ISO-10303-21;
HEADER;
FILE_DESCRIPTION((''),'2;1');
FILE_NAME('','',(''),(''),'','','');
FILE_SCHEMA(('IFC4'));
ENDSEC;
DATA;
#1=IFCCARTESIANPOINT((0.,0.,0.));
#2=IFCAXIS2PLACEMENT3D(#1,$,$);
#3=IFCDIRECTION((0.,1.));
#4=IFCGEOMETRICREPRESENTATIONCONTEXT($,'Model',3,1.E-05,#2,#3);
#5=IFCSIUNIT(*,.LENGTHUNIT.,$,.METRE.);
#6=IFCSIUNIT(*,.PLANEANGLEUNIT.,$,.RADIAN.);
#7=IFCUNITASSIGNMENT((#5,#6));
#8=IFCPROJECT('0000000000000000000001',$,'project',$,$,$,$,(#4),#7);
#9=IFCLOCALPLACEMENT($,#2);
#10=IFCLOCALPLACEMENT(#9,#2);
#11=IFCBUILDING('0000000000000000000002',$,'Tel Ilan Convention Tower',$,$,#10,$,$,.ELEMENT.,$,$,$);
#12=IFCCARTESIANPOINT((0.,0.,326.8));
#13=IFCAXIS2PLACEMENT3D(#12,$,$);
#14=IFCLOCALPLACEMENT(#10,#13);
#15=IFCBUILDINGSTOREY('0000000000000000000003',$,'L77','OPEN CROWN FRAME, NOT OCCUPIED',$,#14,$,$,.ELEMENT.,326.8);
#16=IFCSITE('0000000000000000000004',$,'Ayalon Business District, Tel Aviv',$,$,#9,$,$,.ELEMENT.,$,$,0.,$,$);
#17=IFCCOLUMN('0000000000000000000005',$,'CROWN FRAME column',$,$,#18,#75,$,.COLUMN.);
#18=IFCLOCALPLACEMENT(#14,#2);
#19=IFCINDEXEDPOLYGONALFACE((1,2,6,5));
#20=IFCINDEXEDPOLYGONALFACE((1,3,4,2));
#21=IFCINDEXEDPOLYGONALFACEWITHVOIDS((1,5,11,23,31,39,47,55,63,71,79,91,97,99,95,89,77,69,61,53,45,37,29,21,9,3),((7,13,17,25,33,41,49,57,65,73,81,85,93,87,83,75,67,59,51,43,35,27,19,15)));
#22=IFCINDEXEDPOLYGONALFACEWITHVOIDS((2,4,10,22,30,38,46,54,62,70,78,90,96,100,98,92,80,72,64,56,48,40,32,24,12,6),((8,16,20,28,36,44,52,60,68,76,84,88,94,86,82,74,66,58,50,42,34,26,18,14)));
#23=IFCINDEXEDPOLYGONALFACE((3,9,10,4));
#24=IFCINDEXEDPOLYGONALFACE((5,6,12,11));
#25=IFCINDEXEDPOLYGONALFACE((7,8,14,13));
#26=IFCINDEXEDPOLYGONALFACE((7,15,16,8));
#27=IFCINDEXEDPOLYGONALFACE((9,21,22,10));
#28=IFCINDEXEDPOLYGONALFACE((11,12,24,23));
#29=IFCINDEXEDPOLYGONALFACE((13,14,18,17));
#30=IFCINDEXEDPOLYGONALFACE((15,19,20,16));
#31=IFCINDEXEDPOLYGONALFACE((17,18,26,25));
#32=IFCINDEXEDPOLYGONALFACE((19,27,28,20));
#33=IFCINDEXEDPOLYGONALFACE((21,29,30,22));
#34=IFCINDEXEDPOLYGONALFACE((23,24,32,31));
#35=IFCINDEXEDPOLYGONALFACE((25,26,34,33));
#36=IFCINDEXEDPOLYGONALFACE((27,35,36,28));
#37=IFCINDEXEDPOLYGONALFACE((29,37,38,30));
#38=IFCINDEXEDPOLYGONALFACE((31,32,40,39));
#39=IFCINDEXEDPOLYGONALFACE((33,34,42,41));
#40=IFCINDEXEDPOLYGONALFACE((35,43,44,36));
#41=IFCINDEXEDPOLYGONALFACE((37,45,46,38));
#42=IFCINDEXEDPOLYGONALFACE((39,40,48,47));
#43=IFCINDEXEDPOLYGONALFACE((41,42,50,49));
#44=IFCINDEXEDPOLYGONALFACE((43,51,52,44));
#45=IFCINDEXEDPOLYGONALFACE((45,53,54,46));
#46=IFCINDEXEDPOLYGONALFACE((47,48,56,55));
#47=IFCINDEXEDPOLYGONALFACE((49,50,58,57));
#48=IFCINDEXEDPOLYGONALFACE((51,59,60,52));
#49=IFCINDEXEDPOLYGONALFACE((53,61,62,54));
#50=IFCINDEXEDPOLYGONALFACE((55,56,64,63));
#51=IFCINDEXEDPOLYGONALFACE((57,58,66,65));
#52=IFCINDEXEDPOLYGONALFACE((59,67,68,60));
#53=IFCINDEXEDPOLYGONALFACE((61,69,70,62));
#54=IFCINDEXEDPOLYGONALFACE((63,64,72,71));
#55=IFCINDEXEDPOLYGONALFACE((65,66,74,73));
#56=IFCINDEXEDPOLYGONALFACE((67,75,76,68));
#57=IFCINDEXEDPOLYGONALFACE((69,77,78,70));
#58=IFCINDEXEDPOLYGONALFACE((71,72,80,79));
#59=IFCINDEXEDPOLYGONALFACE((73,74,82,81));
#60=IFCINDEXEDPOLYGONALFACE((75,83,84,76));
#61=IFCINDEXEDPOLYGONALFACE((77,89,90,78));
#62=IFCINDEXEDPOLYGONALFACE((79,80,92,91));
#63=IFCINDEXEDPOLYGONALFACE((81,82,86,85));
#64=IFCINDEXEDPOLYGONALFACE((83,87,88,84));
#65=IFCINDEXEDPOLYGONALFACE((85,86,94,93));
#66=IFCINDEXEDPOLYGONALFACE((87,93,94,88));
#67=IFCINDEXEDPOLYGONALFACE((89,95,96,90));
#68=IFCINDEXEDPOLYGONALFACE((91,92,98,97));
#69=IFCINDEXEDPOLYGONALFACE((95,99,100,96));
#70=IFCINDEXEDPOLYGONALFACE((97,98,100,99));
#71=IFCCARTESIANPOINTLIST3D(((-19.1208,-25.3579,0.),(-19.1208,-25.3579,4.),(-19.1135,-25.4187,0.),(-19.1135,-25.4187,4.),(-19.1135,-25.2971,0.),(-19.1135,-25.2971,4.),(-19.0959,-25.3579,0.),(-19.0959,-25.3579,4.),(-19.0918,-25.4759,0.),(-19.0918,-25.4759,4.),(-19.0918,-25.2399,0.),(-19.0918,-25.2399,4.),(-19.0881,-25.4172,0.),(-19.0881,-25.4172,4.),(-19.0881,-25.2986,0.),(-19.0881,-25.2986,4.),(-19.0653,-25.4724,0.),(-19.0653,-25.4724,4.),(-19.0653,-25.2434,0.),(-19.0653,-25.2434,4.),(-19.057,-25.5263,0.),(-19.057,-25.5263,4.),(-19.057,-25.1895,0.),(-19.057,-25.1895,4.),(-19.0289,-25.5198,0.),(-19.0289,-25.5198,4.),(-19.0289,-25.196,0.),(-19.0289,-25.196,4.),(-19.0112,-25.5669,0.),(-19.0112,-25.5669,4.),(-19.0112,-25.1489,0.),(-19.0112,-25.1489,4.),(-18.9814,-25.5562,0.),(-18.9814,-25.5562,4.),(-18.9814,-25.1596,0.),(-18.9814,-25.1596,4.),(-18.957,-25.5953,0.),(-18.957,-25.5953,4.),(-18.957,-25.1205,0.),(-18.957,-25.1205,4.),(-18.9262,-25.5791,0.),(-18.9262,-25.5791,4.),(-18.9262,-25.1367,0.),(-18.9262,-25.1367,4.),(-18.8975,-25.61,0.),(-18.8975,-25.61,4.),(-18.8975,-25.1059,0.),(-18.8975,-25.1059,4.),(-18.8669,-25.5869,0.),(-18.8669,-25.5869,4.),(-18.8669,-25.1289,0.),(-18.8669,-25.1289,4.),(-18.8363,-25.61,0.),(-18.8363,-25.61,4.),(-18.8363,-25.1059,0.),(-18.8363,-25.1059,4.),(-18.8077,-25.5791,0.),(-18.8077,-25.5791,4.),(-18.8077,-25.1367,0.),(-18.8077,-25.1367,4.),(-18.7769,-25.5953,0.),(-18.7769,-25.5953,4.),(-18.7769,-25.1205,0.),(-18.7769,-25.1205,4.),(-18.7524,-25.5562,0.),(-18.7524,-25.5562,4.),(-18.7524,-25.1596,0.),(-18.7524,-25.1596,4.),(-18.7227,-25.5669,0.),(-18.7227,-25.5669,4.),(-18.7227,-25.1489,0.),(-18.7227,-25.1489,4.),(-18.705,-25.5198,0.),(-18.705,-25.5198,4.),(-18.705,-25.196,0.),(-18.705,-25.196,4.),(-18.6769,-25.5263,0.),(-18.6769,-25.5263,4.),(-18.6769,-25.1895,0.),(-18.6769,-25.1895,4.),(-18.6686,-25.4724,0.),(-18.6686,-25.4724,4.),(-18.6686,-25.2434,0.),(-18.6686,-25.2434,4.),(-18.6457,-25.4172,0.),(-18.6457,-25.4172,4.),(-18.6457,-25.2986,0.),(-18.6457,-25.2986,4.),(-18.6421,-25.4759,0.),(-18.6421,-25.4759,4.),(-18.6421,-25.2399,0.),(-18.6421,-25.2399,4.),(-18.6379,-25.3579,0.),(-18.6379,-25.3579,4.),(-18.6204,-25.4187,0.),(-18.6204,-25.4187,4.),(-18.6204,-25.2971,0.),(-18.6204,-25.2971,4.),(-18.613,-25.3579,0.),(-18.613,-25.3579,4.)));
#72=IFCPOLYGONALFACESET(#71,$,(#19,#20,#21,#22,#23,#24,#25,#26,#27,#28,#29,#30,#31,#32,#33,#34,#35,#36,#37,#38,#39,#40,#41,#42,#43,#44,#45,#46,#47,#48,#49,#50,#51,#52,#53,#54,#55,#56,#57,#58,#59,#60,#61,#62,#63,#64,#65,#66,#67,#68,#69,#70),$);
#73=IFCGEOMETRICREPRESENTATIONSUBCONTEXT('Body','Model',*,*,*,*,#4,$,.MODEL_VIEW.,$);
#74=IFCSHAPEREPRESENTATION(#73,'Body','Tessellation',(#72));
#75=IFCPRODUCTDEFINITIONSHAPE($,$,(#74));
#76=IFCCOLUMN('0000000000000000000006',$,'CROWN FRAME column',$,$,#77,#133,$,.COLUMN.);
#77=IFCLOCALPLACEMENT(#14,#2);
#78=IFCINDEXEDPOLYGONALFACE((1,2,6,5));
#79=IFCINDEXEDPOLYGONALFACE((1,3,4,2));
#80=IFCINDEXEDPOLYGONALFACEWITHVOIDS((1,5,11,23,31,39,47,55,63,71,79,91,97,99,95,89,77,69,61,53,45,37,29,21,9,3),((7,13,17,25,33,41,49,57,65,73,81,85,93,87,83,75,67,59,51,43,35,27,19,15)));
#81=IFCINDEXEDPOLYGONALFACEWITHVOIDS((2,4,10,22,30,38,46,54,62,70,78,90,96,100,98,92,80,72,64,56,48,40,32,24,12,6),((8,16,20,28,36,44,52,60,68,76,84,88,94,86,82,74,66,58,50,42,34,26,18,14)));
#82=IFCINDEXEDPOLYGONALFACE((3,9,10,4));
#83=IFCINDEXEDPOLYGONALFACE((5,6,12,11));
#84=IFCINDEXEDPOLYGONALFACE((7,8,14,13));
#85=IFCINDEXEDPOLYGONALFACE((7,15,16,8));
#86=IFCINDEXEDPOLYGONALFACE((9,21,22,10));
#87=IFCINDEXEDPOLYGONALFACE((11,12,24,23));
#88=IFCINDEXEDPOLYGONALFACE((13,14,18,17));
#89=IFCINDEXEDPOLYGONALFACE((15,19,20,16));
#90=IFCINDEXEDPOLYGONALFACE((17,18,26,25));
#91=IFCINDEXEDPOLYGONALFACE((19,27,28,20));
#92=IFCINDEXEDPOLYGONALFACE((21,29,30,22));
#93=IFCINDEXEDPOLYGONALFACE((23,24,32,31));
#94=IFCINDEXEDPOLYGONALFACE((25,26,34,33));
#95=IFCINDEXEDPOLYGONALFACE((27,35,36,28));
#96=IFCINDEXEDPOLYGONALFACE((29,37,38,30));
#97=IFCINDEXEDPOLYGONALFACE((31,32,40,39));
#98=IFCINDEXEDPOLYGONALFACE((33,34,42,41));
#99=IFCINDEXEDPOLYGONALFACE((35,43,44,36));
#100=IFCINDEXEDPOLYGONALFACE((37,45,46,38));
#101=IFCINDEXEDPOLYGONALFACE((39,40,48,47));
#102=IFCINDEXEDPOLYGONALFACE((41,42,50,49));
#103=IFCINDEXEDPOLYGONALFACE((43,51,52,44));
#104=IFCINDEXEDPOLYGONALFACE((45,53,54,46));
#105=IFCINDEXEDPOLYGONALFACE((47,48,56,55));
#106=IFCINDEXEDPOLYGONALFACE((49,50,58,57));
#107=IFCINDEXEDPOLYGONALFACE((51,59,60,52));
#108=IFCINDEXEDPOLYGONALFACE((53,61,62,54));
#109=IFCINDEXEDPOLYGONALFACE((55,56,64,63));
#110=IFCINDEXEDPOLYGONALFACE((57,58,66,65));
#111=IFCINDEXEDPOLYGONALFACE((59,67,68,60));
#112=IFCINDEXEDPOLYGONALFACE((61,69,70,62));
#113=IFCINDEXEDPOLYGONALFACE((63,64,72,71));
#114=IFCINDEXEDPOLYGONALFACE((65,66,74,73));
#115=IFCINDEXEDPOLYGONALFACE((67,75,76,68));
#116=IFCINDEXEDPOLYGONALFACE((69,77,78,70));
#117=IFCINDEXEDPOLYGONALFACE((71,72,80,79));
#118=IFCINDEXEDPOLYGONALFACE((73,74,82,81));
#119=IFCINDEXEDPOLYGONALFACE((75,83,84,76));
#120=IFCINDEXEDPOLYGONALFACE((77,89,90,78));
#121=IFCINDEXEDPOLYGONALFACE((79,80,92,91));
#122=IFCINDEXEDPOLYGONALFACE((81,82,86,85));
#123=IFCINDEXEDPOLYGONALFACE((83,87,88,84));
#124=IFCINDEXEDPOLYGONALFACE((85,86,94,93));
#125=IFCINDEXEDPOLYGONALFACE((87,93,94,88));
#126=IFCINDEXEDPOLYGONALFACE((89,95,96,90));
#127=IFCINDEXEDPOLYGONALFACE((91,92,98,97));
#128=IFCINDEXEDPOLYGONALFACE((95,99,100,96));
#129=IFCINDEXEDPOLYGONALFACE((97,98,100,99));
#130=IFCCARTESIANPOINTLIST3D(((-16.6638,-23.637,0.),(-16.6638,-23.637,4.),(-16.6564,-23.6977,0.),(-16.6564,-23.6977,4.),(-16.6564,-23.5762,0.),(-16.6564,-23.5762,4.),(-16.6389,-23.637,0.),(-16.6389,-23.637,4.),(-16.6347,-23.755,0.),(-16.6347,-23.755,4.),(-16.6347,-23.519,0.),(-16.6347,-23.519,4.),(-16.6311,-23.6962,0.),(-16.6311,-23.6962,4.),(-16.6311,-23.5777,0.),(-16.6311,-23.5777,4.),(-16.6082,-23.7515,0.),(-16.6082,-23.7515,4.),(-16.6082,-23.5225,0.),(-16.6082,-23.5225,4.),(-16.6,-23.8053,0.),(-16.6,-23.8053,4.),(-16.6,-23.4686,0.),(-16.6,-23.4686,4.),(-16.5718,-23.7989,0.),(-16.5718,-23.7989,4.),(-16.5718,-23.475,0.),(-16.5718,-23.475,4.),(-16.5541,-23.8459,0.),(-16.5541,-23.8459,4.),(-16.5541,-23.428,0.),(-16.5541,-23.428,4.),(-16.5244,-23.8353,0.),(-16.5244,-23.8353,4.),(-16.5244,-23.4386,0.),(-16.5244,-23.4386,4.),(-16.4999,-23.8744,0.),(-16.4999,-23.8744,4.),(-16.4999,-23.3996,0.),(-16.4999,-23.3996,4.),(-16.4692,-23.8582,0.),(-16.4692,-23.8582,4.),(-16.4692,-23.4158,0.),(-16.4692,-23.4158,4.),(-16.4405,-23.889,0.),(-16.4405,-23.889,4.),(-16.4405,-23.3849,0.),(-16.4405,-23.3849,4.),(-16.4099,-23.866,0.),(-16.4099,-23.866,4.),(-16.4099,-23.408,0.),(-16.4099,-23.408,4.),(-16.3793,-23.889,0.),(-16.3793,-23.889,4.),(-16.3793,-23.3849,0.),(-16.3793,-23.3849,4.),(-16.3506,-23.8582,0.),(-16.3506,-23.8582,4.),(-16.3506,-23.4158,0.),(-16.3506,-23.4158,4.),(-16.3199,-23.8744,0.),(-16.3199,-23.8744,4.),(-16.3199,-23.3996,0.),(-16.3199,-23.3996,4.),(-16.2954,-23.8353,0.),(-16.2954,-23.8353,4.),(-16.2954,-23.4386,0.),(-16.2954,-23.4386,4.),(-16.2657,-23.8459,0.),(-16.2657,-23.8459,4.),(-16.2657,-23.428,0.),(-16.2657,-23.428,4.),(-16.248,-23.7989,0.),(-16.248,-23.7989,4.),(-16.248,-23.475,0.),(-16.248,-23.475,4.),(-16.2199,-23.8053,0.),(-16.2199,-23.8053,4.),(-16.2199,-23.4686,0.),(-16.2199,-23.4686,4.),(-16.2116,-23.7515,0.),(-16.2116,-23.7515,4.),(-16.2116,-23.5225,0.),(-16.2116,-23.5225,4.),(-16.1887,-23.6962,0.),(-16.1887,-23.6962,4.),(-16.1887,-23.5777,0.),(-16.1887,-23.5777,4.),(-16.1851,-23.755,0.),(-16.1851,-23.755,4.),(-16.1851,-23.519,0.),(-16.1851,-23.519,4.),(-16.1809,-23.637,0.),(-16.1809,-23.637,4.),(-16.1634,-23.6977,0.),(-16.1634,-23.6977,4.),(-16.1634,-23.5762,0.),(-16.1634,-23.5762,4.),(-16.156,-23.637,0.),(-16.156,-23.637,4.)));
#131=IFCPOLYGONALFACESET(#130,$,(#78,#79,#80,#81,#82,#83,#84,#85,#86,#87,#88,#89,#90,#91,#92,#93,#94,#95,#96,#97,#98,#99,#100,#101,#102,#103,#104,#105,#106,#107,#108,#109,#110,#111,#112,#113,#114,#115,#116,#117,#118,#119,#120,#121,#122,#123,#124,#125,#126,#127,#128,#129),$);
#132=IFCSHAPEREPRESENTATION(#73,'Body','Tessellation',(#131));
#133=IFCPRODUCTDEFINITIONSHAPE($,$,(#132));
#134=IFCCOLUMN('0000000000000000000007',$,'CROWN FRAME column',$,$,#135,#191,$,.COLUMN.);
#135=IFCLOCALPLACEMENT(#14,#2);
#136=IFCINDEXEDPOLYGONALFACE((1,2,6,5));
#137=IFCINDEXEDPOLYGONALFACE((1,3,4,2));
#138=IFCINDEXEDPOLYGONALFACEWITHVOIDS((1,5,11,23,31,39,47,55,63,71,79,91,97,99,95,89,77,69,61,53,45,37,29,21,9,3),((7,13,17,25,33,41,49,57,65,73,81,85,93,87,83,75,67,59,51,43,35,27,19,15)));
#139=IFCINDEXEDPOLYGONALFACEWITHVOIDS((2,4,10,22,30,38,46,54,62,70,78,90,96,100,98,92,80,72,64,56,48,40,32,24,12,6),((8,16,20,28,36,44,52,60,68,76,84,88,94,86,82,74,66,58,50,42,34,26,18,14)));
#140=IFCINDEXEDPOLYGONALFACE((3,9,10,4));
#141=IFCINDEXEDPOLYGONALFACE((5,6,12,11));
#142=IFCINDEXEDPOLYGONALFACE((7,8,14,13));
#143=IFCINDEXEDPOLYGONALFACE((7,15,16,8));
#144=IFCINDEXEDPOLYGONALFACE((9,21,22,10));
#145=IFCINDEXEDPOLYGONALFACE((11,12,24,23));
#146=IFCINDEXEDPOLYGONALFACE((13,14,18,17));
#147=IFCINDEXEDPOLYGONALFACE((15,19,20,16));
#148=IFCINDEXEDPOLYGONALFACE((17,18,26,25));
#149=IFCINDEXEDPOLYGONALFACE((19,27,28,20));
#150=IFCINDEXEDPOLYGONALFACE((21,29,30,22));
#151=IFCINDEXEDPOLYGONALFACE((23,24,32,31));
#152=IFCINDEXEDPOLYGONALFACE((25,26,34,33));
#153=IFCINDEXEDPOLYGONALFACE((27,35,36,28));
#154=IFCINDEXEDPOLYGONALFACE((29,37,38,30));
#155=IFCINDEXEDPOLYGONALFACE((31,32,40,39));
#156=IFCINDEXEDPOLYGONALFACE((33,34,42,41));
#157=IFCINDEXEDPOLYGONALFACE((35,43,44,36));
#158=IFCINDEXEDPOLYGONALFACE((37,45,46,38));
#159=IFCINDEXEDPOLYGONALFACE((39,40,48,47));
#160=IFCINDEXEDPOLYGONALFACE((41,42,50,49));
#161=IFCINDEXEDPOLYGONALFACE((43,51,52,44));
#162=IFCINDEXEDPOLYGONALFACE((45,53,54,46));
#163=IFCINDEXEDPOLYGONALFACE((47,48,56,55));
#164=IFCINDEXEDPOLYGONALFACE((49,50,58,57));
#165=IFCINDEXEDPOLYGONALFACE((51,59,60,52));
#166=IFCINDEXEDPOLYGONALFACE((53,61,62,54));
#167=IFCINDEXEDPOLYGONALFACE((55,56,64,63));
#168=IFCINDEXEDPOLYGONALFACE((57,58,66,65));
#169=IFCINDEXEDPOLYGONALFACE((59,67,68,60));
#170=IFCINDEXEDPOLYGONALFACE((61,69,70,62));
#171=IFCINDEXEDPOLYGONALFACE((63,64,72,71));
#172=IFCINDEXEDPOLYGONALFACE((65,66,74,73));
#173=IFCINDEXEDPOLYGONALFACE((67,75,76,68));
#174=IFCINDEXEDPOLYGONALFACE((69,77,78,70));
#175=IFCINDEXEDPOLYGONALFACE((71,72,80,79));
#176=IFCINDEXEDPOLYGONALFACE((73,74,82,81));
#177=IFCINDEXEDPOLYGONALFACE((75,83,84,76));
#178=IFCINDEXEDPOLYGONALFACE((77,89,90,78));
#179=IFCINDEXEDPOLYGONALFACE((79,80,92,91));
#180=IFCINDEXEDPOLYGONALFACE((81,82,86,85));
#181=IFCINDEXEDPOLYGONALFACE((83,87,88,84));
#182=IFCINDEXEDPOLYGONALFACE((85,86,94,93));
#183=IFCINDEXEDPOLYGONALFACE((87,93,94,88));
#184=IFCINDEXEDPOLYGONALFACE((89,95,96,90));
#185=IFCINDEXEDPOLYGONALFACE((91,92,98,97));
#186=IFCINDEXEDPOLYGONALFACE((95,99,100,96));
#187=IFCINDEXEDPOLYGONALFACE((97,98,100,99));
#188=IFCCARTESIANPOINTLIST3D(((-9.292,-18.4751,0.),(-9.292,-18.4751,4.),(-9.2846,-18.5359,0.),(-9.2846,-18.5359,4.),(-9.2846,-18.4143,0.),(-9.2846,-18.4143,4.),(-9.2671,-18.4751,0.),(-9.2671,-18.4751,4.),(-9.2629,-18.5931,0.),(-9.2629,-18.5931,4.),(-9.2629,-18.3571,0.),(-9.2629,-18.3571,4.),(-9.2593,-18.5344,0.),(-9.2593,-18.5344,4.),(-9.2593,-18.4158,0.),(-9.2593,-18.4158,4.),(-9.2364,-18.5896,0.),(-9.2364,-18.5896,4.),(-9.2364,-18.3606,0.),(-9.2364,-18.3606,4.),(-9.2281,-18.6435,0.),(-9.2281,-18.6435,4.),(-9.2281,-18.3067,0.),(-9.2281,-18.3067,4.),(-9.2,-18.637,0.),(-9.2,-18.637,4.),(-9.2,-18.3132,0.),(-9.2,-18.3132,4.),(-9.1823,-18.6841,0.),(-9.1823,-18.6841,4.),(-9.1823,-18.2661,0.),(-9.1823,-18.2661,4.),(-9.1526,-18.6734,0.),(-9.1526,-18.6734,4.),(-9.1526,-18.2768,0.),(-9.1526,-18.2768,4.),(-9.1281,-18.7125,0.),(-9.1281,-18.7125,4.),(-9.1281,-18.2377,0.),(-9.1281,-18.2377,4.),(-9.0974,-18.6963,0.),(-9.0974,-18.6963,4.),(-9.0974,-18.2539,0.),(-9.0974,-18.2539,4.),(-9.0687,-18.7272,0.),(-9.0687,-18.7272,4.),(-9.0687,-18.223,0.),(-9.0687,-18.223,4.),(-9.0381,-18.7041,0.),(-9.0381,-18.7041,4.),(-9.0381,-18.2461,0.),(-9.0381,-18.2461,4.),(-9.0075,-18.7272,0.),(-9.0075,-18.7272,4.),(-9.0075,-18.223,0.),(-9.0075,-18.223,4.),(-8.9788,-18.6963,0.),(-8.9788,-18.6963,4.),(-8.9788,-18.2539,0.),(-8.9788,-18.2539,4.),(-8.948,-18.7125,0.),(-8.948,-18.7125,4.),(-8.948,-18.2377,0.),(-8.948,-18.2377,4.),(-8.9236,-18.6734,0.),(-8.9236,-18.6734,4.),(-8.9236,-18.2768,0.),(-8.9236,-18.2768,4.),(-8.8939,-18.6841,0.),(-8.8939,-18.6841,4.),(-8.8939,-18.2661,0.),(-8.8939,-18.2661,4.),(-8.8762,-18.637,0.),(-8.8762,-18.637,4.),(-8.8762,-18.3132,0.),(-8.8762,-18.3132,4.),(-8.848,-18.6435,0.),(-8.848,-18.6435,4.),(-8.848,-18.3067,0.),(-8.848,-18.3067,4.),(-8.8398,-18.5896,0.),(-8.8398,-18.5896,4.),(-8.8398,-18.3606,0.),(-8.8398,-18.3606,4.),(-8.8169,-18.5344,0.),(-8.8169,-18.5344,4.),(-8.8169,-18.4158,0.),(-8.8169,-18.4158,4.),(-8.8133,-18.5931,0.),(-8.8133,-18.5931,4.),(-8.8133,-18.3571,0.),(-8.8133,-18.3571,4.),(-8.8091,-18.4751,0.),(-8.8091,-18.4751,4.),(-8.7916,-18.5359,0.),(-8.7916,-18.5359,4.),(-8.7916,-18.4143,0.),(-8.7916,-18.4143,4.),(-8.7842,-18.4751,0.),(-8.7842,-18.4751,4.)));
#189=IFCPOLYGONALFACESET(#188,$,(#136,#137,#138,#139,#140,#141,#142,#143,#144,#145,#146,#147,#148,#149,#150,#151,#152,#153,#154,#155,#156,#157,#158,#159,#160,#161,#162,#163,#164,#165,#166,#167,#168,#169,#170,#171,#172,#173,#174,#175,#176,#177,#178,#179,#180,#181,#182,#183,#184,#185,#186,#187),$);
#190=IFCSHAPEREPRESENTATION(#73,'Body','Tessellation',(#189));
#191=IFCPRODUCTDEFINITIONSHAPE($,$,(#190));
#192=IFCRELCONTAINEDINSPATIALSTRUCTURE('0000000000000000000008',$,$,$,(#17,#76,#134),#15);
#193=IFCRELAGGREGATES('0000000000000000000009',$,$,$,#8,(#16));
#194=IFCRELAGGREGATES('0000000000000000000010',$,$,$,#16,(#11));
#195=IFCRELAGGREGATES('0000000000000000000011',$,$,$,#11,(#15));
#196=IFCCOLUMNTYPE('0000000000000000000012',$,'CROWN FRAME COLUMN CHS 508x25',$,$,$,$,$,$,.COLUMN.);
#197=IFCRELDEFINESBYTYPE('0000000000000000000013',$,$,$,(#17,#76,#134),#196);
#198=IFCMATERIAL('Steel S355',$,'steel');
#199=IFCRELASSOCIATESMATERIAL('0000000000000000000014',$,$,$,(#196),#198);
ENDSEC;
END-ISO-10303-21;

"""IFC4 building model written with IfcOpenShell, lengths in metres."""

from ifc_helpers import new_model, si_unit, direction, frame, origin, origin_2d, place, context, subcontext, project, spatial, hollow_circle, extrude, material, material_profile, profile_set, type_object, element, save


model = new_model("IFC4")

# Units and contexts
model_context = context("Model", 3, precision=1e-05, world=origin(), true_north=direction((0.0, 1.0)))
body_context = subcontext(model_context, "Body", "Model", "MODEL_VIEW")
ifc_project = project(units=[si_unit("LENGTHUNIT", "METRE"), si_unit("PLANEANGLEUNIT", "RADIAN")], contexts=[model_context])

# Site, building, storey
site_placement = place(None, origin())
site = spatial("IfcSite", under=ifc_project, at=site_placement, Name="Ayalon Business District, Tel Aviv", CompositionType="ELEMENT", RefElevation=0.0)
building_placement = place(site_placement, origin())
building = spatial("IfcBuilding", under=site, at=building_placement, Name="Tel Ilan Convention Tower", CompositionType="ELEMENT")
storey_placement = place(building_placement, frame((0.0, 0.0, 326.8)))
storey = spatial("IfcBuildingStorey", under=building, at=storey_placement, Name="L77", Description="OPEN CROWN FRAME, NOT OCCUPIED", CompositionType="ELEMENT", Elevation=326.8)

# Columns
ifc_material_1 = material(Name="Steel S355", Category="steel")
ifc_material_profile_1 = material_profile(ifc_material_1, hollow_circle(Radius=0.2539, WallThickness=0.0249, at=origin_2d()), Name="CHS 508x25")
ifc_profile_set_1 = profile_set([ifc_material_profile_1], Name="Steel S355")
column_type = type_object("IfcColumnType", Name="CROWN FRAME COLUMN CHS 508x25", PredefinedType="COLUMN", material=ifc_profile_set_1)
for number, where, z_axis, x_axis, name in (
    (1, (-18.8669, -25.3579, 0.0), (0.0, 0.0, 1.0), (1.0, 0.0, 0.0), "CROWN FRAME column"),
    (2, (-16.4099, -23.637, 0.0), (0.0, 0.0, 1.0), (1.0, 0.0, 0.0), "CROWN FRAME column"),
    (3, (-9.0381, -18.4751, 0.0), (0.0, 0.0, 1.0), (1.0, 0.0, 0.0), "CROWN FRAME column"),
):
    element("IfcColumn", number, at=place(storey_placement, frame(where, z_axis=z_axis, x_axis=x_axis)), inside=storey, type_object=column_type, Name=name, PredefinedType="COLUMN", context=body_context, shape_type="SweptSolid", body=[
        extrude(hollow_circle(Radius=0.2539, WallThickness=0.0249, at=origin_2d()), origin(), (0.0, 0.0, 1.0), 4.0),
    ])

save(model, "model.ifc")
